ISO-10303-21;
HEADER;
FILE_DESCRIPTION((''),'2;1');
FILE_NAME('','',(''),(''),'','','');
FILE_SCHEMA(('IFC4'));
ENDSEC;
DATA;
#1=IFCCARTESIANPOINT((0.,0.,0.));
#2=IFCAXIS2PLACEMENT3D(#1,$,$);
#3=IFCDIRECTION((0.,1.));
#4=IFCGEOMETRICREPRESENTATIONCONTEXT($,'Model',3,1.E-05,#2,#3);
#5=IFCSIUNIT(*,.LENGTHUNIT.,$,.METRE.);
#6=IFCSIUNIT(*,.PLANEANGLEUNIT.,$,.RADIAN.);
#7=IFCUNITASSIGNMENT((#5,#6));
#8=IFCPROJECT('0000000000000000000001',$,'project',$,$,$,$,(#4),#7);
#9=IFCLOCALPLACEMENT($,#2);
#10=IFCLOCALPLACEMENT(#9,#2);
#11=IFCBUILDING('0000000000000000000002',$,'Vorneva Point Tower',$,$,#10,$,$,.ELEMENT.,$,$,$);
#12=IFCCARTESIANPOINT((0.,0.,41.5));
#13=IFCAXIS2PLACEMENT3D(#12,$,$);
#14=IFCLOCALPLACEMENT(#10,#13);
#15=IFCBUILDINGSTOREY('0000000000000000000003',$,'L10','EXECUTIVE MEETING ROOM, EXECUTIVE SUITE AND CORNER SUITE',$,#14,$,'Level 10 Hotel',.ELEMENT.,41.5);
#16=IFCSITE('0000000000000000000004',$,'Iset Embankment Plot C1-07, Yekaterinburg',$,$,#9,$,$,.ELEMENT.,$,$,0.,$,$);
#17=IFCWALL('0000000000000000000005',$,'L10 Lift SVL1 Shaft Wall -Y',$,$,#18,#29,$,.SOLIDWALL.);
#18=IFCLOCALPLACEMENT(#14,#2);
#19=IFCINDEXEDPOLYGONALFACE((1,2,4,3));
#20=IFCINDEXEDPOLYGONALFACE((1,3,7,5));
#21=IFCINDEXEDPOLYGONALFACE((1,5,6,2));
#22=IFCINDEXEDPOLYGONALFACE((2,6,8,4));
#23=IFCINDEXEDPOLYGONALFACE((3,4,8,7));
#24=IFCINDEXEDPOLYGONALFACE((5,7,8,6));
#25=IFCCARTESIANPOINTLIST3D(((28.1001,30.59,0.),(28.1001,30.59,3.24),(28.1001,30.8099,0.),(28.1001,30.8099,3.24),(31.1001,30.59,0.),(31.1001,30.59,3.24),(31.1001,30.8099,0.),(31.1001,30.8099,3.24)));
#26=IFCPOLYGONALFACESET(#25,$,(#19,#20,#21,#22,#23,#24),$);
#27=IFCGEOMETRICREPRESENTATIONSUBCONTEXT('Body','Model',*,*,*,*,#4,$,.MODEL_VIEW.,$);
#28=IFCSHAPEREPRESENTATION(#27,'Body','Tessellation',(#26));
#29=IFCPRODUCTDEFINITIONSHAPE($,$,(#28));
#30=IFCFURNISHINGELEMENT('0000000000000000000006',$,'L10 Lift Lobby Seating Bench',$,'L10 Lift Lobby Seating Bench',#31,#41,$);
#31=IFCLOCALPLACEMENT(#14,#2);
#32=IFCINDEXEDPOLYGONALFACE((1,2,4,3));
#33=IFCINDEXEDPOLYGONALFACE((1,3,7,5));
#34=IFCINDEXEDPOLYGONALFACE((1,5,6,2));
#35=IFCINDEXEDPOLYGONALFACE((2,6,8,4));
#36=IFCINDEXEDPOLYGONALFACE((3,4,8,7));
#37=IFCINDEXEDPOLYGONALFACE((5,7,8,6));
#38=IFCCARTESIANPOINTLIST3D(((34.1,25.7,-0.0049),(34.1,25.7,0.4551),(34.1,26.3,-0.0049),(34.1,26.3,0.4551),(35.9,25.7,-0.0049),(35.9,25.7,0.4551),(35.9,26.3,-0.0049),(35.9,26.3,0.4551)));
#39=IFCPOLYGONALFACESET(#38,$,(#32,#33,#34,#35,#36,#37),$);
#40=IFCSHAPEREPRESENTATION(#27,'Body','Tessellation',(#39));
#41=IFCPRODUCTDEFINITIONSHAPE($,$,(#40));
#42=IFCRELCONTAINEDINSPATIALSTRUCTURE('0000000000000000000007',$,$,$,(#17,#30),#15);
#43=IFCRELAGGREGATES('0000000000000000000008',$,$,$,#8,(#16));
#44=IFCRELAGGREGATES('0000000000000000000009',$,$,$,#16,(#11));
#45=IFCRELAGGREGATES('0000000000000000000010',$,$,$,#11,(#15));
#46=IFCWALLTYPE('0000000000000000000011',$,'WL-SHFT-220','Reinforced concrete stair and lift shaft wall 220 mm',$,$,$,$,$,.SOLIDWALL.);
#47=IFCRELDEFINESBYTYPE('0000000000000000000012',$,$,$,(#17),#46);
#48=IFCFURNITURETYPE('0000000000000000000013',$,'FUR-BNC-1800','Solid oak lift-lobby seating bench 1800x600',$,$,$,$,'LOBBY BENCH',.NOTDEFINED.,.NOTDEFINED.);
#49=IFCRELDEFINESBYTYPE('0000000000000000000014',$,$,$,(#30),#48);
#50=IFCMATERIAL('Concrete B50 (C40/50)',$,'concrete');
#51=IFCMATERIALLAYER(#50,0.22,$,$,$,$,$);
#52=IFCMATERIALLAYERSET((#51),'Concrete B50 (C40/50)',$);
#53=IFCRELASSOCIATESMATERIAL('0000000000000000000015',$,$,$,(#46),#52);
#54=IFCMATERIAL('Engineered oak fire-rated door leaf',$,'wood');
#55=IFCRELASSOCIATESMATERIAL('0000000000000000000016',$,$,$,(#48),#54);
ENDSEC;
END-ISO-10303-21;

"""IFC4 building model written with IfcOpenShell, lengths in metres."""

from ifc_helpers import new_model, si_unit, direction, frame, frame_2d, origin, origin_2d, place, context, subcontext, project, spatial, rectangle, extrude, material, layer, layer_set, type_object, element, save


model = new_model("IFC4")

# Units and contexts
model_context = context("Model", 3, precision=1e-05, world=origin(), true_north=direction((0.0, 1.0)))
body_context = subcontext(model_context, "Body", "Model", "MODEL_VIEW")
ifc_project = project(units=[si_unit("LENGTHUNIT", "METRE"), si_unit("PLANEANGLEUNIT", "RADIAN")], contexts=[model_context])

# Site, building, storey
site_placement = place(None, origin())
site = spatial("IfcSite", under=ifc_project, at=site_placement, Name="Iset Embankment Plot C1-07, Yekaterinburg", CompositionType="ELEMENT", RefElevation=0.0)
building_placement = place(site_placement, origin())
building = spatial("IfcBuilding", under=site, at=building_placement, Name="Vorneva Point Tower", CompositionType="ELEMENT")
storey_placement = place(building_placement, frame((0.0, 0.0, 41.5)))
storey = spatial("IfcBuildingStorey", under=building, at=storey_placement, Name="L10", Description="EXECUTIVE MEETING ROOM, EXECUTIVE SUITE AND CORNER SUITE", LongName="Level 10 Hotel", CompositionType="ELEMENT", Elevation=41.5)

# Shared definitions
ifc_material_1 = material(Name="Concrete B50 (C40/50)", Category="concrete")
ifc_layer_1 = layer(ifc_material_1, 0.22)
ifc_layer_set_1 = layer_set([ifc_layer_1], Name="Concrete B50 (C40/50)")
wall_type_1 = type_object("IfcWallType", Name="WL-SHFT-220", Description="Reinforced concrete stair and lift shaft wall 220 mm", PredefinedType="SOLIDWALL", material=ifc_layer_set_1)

# Wall
wall_1_placement = place(storey_placement, frame((28.1001, 30.7, 0.0), z_axis=(0.0, 0.0, 1.0), x_axis=(1.0, 0.0, 0.0)))
element("IfcWall", 1, at=wall_1_placement, inside=storey, type_object=wall_type_1, Name="L10 Lift SVL1 Shaft Wall -Y", PredefinedType="SOLIDWALL", context=body_context, shape_type="SweptSolid", body=[
    extrude(rectangle(XDim=3.0, YDim=0.22, at=frame_2d((1.5, 0.0))), origin(), (0.0, 0.0, 1.0), 3.24),
])

# Furnishing element
ifc_material_2 = material(Name="Engineered oak fire-rated door leaf", Category="wood")
furniture_type = type_object("IfcFurnitureType", Name="FUR-BNC-1800", Description="Solid oak lift-lobby seating bench 1800x600", ElementType="LOBBY BENCH", AssemblyPlace="NOTDEFINED", PredefinedType="NOTDEFINED", material=ifc_material_2)
furnishing_placement = place(storey_placement, frame((35.0, 26.0, -0.0049), z_axis=(0.0, 0.0, 1.0), x_axis=(1.0, 0.0, 0.0)))
element("IfcFurnishingElement", 2, at=furnishing_placement, inside=storey, type_object=furniture_type, Name="L10 Lift Lobby Seating Bench", ObjectType="L10 Lift Lobby Seating Bench", context=body_context, shape_type="SweptSolid", body=[
    extrude(rectangle(XDim=1.8, YDim=0.6001, at=origin_2d()), origin(), (0.0, 0.0, 1.0), 0.46),
])

save(model, "model.ifc")
